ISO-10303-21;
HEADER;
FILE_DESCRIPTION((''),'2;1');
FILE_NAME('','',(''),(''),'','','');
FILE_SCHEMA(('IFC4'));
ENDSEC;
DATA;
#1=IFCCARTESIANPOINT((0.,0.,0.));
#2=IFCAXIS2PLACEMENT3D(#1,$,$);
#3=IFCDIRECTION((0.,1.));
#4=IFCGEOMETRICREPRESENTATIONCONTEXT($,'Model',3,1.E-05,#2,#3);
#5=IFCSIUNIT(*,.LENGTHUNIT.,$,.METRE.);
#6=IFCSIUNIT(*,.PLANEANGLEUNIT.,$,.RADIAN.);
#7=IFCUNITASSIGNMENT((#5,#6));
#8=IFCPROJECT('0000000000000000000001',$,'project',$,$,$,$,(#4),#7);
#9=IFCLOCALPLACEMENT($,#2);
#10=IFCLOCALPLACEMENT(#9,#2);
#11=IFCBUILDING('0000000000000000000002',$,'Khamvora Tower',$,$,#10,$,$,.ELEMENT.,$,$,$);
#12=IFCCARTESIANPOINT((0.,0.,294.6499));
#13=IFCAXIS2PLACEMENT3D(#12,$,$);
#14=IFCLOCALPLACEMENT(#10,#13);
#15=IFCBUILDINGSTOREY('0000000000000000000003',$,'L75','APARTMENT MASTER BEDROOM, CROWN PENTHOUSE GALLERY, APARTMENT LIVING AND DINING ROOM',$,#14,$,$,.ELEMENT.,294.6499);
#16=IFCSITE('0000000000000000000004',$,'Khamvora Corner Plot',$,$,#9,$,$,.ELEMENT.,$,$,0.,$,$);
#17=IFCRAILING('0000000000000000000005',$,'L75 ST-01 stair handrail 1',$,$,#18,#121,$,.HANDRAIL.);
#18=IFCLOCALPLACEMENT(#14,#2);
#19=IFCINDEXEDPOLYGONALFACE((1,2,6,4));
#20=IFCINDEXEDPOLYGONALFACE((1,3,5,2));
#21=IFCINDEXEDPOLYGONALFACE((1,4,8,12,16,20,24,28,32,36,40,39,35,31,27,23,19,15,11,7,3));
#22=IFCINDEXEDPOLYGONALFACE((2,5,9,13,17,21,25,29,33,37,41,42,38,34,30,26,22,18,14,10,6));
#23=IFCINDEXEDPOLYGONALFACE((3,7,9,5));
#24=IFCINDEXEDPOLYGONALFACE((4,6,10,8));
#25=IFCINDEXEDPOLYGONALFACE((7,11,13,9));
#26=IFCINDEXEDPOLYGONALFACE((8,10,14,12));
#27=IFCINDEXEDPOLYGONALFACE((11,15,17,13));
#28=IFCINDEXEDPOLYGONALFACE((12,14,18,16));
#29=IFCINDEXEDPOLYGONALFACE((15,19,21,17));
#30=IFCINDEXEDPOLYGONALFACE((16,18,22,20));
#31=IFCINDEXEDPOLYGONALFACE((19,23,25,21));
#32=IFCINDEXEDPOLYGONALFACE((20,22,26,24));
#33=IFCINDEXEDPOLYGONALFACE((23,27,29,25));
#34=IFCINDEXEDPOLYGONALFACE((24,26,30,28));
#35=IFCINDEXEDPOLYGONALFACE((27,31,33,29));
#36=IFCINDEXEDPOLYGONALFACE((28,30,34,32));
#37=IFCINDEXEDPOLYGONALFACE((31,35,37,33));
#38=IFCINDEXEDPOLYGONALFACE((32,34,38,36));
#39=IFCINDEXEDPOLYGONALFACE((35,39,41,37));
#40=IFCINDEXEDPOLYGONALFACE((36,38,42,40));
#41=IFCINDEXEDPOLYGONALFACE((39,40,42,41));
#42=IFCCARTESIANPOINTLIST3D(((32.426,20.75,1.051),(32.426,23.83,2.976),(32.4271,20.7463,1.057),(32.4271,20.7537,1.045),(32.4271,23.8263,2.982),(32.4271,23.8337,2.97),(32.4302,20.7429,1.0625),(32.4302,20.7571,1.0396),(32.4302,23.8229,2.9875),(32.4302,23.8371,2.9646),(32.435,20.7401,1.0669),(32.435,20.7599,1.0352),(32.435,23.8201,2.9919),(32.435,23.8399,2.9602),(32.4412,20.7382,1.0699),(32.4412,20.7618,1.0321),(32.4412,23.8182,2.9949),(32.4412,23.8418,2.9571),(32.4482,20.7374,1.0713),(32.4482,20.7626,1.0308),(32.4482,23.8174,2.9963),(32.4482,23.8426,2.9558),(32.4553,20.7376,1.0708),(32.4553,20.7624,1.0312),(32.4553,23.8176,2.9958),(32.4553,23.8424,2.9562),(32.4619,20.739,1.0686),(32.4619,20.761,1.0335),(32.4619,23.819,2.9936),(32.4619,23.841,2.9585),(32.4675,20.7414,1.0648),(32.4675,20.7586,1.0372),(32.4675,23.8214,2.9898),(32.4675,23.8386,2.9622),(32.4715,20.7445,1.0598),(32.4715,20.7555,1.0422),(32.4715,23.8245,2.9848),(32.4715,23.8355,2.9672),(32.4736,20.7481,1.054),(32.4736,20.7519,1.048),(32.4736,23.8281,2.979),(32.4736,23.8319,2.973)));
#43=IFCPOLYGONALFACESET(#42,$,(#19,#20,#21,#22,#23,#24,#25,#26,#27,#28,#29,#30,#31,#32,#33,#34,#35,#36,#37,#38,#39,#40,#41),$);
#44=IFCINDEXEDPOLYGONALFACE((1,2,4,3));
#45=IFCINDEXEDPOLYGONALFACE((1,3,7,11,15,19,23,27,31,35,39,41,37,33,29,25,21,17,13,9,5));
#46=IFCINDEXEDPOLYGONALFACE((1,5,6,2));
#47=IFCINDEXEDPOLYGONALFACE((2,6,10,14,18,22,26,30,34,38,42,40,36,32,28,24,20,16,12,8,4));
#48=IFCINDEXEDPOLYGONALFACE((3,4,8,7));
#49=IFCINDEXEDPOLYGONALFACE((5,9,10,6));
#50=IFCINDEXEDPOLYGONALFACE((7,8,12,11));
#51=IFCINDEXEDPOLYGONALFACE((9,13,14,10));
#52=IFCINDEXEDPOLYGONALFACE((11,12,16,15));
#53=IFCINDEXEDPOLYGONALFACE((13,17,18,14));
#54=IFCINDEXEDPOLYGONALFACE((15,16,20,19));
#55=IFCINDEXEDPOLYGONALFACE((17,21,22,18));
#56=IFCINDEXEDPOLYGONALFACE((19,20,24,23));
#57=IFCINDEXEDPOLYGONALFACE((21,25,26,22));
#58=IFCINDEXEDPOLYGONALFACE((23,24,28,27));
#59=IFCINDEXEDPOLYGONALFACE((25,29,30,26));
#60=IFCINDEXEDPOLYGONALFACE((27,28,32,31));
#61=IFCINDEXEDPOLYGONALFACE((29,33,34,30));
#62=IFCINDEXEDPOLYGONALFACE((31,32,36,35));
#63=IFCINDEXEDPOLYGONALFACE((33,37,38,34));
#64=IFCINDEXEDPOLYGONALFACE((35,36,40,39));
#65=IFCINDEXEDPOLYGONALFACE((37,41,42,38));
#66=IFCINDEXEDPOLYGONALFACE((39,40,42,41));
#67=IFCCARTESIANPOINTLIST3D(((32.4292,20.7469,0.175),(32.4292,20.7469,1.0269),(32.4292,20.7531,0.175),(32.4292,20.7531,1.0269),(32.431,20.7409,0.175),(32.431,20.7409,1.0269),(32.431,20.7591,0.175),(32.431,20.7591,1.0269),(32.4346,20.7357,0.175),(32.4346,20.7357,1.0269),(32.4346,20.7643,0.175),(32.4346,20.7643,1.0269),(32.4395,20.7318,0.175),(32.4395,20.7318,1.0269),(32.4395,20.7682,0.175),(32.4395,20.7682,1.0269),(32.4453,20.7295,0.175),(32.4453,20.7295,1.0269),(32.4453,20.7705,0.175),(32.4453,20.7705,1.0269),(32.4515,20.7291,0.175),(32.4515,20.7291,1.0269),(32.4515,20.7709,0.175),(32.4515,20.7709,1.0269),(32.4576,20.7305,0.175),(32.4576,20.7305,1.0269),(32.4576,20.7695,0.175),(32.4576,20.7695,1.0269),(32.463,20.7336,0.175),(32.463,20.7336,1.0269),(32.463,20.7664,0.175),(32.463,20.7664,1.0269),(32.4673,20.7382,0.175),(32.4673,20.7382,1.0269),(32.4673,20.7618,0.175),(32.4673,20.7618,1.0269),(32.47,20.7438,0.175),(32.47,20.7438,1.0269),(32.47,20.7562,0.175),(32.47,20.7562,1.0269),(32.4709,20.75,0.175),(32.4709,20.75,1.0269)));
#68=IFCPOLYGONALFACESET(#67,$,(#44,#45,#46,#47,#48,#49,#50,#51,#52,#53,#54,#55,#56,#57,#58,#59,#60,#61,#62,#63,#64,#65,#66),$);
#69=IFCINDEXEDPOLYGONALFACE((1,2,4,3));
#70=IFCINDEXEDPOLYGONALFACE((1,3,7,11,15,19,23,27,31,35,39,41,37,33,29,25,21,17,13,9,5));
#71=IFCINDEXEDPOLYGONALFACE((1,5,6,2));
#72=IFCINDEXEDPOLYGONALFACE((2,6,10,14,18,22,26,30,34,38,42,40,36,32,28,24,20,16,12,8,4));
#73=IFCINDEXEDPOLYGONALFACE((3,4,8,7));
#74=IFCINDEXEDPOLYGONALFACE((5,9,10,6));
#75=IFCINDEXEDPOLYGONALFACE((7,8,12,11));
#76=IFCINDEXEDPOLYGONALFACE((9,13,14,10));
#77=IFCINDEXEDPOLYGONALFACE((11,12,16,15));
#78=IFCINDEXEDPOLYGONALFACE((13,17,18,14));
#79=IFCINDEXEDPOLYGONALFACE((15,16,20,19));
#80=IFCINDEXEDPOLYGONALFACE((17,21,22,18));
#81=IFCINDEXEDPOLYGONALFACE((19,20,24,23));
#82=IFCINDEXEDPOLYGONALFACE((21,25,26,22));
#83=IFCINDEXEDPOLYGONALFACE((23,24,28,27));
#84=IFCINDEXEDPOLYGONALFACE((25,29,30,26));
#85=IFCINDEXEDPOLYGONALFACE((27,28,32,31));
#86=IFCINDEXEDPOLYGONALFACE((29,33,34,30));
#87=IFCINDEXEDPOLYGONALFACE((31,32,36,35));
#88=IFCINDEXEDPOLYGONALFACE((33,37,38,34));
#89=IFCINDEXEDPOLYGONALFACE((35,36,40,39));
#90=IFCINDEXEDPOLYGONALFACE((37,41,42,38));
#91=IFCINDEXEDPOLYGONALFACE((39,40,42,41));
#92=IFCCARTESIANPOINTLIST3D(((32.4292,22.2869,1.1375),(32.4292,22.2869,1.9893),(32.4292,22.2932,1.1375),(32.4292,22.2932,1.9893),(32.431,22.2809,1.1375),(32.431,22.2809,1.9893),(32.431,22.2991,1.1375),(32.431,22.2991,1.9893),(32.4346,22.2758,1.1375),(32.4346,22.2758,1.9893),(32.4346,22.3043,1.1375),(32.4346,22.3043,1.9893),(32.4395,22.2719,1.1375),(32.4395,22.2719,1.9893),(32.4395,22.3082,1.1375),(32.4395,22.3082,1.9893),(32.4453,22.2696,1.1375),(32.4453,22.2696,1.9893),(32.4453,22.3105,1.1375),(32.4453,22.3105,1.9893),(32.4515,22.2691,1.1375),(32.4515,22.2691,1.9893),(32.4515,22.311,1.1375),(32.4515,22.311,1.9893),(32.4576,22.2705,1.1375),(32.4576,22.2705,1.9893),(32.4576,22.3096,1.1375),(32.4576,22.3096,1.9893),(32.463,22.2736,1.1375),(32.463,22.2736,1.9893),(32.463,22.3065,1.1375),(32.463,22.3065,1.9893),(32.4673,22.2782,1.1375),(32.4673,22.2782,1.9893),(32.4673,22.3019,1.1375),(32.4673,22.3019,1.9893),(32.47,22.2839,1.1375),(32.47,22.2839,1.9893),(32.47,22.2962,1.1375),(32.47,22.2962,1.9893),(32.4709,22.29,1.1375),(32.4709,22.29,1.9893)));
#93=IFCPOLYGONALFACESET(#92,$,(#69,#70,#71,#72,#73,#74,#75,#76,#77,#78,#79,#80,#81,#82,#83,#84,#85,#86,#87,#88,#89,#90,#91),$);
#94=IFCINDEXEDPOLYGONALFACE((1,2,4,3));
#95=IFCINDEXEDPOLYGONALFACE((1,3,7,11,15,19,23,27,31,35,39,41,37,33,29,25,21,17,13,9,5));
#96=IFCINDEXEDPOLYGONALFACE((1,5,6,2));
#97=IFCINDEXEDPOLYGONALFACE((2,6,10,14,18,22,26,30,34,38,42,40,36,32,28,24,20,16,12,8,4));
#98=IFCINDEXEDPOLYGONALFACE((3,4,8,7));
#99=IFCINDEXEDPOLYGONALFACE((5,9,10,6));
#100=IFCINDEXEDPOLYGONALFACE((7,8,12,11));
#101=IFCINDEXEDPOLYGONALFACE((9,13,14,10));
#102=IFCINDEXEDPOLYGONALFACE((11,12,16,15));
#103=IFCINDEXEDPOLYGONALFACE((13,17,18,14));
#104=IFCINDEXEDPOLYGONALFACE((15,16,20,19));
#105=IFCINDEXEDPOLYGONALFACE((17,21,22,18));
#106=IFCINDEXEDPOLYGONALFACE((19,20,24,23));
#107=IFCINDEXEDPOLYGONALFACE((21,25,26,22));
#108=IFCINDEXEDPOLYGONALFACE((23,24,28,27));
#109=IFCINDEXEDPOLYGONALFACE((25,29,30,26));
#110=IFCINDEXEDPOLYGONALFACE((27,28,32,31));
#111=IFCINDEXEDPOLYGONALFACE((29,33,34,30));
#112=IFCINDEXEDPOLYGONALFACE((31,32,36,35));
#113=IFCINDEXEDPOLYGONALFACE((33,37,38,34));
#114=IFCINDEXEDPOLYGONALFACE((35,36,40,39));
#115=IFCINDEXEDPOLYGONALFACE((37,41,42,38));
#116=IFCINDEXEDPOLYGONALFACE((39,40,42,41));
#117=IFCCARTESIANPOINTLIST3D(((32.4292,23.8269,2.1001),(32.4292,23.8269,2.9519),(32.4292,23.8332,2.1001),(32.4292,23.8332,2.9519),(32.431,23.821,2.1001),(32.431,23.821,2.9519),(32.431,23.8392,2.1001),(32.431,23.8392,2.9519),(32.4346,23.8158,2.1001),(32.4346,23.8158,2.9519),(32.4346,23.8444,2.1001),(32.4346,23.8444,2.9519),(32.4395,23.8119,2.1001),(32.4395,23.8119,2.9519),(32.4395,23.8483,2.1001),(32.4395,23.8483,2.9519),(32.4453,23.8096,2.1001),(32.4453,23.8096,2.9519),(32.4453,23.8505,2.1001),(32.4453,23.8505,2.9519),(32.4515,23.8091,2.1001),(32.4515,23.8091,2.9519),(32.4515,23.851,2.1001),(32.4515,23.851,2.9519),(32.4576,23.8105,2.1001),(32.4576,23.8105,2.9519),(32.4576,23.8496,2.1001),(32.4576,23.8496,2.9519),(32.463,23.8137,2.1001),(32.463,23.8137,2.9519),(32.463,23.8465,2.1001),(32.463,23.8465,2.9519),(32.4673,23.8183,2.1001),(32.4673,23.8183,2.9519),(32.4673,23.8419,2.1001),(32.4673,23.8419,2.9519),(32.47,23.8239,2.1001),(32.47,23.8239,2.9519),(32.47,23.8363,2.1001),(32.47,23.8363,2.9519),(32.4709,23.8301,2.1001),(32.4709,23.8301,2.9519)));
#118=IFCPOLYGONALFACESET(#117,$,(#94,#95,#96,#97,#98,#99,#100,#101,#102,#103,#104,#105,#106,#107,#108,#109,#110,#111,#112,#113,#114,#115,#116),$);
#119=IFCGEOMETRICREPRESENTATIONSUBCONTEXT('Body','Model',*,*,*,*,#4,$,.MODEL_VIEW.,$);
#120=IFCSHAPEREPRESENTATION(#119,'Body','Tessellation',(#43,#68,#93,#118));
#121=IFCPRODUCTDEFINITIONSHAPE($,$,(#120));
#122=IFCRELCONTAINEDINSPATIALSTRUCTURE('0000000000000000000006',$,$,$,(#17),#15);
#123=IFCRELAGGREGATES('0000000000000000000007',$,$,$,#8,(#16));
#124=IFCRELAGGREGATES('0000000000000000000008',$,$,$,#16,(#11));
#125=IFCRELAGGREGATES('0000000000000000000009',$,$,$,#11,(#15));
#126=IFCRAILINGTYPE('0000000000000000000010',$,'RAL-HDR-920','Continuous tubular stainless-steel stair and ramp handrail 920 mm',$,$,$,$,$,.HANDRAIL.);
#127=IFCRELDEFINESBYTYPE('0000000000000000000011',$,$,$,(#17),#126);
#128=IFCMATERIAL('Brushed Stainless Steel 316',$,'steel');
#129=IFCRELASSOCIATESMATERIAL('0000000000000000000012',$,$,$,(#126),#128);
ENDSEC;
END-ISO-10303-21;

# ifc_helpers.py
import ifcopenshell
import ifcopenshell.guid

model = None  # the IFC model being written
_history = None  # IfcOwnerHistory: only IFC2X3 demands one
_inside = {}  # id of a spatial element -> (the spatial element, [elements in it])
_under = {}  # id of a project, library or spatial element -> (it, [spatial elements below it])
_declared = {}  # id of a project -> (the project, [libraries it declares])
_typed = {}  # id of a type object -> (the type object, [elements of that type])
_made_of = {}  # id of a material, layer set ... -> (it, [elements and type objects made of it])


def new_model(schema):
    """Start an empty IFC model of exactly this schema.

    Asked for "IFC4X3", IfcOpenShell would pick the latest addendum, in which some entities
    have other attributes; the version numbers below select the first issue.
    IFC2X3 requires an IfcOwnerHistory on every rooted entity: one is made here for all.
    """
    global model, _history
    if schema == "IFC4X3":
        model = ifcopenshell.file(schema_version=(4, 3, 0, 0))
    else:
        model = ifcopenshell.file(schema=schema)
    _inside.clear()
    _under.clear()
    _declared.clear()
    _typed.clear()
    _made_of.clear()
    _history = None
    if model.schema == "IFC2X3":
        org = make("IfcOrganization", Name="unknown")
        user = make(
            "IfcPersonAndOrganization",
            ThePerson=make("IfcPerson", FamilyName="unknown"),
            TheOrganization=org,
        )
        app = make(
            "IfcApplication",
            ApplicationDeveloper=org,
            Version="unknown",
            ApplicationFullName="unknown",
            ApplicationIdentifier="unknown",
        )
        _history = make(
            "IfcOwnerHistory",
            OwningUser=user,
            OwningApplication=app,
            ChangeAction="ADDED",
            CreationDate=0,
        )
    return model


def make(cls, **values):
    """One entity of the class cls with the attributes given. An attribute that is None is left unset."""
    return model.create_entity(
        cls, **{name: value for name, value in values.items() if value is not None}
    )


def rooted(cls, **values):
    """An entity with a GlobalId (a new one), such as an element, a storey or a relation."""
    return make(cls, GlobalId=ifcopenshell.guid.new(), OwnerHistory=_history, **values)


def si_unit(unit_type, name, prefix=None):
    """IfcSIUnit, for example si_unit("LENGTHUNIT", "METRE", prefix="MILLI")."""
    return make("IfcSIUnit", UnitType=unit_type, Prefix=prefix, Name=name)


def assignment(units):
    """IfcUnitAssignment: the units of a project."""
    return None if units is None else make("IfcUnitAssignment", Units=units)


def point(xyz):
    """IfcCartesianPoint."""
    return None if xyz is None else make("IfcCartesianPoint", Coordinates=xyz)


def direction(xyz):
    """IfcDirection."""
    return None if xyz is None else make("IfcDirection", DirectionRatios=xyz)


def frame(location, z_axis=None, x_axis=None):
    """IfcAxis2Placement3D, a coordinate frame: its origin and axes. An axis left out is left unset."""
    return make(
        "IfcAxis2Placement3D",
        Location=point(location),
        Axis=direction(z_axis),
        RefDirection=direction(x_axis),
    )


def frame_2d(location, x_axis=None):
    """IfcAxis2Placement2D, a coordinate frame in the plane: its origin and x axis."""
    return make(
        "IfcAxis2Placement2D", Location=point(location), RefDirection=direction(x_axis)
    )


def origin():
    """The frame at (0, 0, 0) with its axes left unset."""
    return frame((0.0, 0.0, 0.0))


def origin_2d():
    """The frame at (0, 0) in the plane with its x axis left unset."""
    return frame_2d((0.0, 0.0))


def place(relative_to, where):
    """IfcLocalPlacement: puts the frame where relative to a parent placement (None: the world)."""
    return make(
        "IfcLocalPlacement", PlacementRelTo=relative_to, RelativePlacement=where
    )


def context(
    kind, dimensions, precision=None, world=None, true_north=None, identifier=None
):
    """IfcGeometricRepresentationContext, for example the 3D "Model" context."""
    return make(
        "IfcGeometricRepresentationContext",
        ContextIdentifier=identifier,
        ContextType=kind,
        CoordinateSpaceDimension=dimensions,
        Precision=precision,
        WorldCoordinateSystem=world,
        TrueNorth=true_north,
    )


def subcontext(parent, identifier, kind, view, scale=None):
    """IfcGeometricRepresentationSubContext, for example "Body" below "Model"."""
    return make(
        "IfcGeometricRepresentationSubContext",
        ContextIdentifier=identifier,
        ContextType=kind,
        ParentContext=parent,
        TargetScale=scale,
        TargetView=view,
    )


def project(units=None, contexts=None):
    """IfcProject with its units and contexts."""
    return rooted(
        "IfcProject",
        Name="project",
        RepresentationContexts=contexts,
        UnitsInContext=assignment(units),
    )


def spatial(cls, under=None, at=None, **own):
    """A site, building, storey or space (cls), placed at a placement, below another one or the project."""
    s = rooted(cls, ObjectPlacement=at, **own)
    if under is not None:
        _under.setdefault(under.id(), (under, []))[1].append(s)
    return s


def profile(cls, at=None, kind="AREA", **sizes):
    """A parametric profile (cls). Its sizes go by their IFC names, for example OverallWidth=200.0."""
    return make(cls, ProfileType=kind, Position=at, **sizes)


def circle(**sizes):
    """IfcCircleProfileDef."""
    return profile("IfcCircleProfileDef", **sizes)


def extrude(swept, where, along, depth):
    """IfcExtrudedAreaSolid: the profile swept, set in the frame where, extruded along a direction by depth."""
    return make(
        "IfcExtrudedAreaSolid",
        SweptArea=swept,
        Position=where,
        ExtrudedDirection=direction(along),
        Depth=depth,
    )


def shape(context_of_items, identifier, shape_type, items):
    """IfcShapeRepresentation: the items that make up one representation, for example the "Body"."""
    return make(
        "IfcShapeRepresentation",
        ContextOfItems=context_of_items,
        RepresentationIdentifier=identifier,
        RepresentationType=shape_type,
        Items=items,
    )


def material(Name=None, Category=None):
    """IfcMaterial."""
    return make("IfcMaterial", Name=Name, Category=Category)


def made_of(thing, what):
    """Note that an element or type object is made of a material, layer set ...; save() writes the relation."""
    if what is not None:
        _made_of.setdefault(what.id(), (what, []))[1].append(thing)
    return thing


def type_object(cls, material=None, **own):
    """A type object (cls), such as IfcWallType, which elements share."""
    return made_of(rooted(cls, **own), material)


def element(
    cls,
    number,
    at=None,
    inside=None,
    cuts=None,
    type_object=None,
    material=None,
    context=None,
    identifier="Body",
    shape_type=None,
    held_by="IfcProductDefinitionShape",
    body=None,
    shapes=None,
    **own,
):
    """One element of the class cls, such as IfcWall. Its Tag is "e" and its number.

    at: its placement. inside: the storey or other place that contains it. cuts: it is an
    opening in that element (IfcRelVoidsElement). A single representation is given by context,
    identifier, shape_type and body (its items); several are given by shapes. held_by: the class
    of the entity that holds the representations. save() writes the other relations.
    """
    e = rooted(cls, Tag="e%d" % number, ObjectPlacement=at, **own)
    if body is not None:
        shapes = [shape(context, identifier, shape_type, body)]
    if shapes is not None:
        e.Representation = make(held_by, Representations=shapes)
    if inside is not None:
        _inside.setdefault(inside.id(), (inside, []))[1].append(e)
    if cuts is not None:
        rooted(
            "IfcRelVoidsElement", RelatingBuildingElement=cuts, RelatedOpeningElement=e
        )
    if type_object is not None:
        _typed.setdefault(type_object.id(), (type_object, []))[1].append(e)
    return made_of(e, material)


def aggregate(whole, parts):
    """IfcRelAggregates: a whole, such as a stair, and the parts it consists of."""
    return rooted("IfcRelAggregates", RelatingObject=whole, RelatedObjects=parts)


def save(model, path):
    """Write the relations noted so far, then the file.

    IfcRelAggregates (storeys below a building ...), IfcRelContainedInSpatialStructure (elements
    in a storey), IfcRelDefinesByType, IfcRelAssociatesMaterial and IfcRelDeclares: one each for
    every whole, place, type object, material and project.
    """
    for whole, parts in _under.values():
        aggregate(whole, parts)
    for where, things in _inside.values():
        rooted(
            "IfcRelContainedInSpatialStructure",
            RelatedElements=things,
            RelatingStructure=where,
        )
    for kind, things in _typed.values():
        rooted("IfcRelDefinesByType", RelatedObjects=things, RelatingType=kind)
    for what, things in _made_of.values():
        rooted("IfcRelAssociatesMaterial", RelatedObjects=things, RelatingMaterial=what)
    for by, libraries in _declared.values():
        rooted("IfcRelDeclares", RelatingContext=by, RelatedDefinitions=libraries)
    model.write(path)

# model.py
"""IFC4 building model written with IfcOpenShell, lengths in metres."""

from ifc_helpers import new_model, si_unit, direction, frame, origin, origin_2d, place, context, subcontext, project, spatial, circle, extrude, material, type_object, element, save


model = new_model("IFC4")

# Units and contexts
model_context = context("Model", 3, precision=1e-05, world=origin(), true_north=direction((0.0, 1.0)))
body_context = subcontext(model_context, "Body", "Model", "MODEL_VIEW")
ifc_project = project(units=[si_unit("LENGTHUNIT", "METRE"), si_unit("PLANEANGLEUNIT", "RADIAN")], contexts=[model_context])

# Site, building, storey
site_placement = place(None, origin())
site = spatial("IfcSite", under=ifc_project, at=site_placement, Name="Khamvora Corner Plot", CompositionType="ELEMENT", RefElevation=0.0)
building_placement = place(site_placement, origin())
building = spatial("IfcBuilding", under=site, at=building_placement, Name="Khamvora Tower", CompositionType="ELEMENT")
storey_placement = place(building_placement, frame((0.0, 0.0, 294.6499)))
storey = spatial("IfcBuildingStorey", under=building, at=storey_placement, Name="L75", Description="APARTMENT MASTER BEDROOM, CROWN PENTHOUSE GALLERY, APARTMENT LIVING AND DINING ROOM", CompositionType="ELEMENT", Elevation=294.6499)

# Railing
ifc_material_1 = material(Name="Brushed Stainless Steel 316", Category="steel")
railing_type_1 = type_object("IfcRailingType", Name="RAL-HDR-920", Description="Continuous tubular stainless-steel stair and ramp handrail 920 mm", PredefinedType="HANDRAIL", material=ifc_material_1)
railing_1_placement = place(storey_placement, frame((32.45, 20.75, 0.175)))
element("IfcRailing", 1, at=railing_1_placement, inside=storey, type_object=railing_type_1, Name="L75 ST-01 stair handrail 1", PredefinedType="HANDRAIL", context=body_context, shape_type="SweptSolid", body=[
    extrude(circle(Radius=0.0239, at=origin_2d()), frame((0.0, 0.0, 0.876), z_axis=(0.0, 0.847998, 0.529999), x_axis=(-1.0, 0.0, 0.0)), (0.0, 0.0, 1.0), 3.6321),
    extrude(circle(Radius=0.021, at=origin_2d()), origin(), (0.0, 0.0, 1.0), 0.8518),
    extrude(circle(Radius=0.021, at=origin_2d()), frame((0.0, 1.54, 0.9624)), (0.0, 0.0, 1.0), 0.8518),
    extrude(circle(Radius=0.021, at=origin_2d()), frame((0.0, 3.0801, 1.925)), (0.0, 0.0, 1.0), 0.8518),
])

save(model, "model.ifc")
